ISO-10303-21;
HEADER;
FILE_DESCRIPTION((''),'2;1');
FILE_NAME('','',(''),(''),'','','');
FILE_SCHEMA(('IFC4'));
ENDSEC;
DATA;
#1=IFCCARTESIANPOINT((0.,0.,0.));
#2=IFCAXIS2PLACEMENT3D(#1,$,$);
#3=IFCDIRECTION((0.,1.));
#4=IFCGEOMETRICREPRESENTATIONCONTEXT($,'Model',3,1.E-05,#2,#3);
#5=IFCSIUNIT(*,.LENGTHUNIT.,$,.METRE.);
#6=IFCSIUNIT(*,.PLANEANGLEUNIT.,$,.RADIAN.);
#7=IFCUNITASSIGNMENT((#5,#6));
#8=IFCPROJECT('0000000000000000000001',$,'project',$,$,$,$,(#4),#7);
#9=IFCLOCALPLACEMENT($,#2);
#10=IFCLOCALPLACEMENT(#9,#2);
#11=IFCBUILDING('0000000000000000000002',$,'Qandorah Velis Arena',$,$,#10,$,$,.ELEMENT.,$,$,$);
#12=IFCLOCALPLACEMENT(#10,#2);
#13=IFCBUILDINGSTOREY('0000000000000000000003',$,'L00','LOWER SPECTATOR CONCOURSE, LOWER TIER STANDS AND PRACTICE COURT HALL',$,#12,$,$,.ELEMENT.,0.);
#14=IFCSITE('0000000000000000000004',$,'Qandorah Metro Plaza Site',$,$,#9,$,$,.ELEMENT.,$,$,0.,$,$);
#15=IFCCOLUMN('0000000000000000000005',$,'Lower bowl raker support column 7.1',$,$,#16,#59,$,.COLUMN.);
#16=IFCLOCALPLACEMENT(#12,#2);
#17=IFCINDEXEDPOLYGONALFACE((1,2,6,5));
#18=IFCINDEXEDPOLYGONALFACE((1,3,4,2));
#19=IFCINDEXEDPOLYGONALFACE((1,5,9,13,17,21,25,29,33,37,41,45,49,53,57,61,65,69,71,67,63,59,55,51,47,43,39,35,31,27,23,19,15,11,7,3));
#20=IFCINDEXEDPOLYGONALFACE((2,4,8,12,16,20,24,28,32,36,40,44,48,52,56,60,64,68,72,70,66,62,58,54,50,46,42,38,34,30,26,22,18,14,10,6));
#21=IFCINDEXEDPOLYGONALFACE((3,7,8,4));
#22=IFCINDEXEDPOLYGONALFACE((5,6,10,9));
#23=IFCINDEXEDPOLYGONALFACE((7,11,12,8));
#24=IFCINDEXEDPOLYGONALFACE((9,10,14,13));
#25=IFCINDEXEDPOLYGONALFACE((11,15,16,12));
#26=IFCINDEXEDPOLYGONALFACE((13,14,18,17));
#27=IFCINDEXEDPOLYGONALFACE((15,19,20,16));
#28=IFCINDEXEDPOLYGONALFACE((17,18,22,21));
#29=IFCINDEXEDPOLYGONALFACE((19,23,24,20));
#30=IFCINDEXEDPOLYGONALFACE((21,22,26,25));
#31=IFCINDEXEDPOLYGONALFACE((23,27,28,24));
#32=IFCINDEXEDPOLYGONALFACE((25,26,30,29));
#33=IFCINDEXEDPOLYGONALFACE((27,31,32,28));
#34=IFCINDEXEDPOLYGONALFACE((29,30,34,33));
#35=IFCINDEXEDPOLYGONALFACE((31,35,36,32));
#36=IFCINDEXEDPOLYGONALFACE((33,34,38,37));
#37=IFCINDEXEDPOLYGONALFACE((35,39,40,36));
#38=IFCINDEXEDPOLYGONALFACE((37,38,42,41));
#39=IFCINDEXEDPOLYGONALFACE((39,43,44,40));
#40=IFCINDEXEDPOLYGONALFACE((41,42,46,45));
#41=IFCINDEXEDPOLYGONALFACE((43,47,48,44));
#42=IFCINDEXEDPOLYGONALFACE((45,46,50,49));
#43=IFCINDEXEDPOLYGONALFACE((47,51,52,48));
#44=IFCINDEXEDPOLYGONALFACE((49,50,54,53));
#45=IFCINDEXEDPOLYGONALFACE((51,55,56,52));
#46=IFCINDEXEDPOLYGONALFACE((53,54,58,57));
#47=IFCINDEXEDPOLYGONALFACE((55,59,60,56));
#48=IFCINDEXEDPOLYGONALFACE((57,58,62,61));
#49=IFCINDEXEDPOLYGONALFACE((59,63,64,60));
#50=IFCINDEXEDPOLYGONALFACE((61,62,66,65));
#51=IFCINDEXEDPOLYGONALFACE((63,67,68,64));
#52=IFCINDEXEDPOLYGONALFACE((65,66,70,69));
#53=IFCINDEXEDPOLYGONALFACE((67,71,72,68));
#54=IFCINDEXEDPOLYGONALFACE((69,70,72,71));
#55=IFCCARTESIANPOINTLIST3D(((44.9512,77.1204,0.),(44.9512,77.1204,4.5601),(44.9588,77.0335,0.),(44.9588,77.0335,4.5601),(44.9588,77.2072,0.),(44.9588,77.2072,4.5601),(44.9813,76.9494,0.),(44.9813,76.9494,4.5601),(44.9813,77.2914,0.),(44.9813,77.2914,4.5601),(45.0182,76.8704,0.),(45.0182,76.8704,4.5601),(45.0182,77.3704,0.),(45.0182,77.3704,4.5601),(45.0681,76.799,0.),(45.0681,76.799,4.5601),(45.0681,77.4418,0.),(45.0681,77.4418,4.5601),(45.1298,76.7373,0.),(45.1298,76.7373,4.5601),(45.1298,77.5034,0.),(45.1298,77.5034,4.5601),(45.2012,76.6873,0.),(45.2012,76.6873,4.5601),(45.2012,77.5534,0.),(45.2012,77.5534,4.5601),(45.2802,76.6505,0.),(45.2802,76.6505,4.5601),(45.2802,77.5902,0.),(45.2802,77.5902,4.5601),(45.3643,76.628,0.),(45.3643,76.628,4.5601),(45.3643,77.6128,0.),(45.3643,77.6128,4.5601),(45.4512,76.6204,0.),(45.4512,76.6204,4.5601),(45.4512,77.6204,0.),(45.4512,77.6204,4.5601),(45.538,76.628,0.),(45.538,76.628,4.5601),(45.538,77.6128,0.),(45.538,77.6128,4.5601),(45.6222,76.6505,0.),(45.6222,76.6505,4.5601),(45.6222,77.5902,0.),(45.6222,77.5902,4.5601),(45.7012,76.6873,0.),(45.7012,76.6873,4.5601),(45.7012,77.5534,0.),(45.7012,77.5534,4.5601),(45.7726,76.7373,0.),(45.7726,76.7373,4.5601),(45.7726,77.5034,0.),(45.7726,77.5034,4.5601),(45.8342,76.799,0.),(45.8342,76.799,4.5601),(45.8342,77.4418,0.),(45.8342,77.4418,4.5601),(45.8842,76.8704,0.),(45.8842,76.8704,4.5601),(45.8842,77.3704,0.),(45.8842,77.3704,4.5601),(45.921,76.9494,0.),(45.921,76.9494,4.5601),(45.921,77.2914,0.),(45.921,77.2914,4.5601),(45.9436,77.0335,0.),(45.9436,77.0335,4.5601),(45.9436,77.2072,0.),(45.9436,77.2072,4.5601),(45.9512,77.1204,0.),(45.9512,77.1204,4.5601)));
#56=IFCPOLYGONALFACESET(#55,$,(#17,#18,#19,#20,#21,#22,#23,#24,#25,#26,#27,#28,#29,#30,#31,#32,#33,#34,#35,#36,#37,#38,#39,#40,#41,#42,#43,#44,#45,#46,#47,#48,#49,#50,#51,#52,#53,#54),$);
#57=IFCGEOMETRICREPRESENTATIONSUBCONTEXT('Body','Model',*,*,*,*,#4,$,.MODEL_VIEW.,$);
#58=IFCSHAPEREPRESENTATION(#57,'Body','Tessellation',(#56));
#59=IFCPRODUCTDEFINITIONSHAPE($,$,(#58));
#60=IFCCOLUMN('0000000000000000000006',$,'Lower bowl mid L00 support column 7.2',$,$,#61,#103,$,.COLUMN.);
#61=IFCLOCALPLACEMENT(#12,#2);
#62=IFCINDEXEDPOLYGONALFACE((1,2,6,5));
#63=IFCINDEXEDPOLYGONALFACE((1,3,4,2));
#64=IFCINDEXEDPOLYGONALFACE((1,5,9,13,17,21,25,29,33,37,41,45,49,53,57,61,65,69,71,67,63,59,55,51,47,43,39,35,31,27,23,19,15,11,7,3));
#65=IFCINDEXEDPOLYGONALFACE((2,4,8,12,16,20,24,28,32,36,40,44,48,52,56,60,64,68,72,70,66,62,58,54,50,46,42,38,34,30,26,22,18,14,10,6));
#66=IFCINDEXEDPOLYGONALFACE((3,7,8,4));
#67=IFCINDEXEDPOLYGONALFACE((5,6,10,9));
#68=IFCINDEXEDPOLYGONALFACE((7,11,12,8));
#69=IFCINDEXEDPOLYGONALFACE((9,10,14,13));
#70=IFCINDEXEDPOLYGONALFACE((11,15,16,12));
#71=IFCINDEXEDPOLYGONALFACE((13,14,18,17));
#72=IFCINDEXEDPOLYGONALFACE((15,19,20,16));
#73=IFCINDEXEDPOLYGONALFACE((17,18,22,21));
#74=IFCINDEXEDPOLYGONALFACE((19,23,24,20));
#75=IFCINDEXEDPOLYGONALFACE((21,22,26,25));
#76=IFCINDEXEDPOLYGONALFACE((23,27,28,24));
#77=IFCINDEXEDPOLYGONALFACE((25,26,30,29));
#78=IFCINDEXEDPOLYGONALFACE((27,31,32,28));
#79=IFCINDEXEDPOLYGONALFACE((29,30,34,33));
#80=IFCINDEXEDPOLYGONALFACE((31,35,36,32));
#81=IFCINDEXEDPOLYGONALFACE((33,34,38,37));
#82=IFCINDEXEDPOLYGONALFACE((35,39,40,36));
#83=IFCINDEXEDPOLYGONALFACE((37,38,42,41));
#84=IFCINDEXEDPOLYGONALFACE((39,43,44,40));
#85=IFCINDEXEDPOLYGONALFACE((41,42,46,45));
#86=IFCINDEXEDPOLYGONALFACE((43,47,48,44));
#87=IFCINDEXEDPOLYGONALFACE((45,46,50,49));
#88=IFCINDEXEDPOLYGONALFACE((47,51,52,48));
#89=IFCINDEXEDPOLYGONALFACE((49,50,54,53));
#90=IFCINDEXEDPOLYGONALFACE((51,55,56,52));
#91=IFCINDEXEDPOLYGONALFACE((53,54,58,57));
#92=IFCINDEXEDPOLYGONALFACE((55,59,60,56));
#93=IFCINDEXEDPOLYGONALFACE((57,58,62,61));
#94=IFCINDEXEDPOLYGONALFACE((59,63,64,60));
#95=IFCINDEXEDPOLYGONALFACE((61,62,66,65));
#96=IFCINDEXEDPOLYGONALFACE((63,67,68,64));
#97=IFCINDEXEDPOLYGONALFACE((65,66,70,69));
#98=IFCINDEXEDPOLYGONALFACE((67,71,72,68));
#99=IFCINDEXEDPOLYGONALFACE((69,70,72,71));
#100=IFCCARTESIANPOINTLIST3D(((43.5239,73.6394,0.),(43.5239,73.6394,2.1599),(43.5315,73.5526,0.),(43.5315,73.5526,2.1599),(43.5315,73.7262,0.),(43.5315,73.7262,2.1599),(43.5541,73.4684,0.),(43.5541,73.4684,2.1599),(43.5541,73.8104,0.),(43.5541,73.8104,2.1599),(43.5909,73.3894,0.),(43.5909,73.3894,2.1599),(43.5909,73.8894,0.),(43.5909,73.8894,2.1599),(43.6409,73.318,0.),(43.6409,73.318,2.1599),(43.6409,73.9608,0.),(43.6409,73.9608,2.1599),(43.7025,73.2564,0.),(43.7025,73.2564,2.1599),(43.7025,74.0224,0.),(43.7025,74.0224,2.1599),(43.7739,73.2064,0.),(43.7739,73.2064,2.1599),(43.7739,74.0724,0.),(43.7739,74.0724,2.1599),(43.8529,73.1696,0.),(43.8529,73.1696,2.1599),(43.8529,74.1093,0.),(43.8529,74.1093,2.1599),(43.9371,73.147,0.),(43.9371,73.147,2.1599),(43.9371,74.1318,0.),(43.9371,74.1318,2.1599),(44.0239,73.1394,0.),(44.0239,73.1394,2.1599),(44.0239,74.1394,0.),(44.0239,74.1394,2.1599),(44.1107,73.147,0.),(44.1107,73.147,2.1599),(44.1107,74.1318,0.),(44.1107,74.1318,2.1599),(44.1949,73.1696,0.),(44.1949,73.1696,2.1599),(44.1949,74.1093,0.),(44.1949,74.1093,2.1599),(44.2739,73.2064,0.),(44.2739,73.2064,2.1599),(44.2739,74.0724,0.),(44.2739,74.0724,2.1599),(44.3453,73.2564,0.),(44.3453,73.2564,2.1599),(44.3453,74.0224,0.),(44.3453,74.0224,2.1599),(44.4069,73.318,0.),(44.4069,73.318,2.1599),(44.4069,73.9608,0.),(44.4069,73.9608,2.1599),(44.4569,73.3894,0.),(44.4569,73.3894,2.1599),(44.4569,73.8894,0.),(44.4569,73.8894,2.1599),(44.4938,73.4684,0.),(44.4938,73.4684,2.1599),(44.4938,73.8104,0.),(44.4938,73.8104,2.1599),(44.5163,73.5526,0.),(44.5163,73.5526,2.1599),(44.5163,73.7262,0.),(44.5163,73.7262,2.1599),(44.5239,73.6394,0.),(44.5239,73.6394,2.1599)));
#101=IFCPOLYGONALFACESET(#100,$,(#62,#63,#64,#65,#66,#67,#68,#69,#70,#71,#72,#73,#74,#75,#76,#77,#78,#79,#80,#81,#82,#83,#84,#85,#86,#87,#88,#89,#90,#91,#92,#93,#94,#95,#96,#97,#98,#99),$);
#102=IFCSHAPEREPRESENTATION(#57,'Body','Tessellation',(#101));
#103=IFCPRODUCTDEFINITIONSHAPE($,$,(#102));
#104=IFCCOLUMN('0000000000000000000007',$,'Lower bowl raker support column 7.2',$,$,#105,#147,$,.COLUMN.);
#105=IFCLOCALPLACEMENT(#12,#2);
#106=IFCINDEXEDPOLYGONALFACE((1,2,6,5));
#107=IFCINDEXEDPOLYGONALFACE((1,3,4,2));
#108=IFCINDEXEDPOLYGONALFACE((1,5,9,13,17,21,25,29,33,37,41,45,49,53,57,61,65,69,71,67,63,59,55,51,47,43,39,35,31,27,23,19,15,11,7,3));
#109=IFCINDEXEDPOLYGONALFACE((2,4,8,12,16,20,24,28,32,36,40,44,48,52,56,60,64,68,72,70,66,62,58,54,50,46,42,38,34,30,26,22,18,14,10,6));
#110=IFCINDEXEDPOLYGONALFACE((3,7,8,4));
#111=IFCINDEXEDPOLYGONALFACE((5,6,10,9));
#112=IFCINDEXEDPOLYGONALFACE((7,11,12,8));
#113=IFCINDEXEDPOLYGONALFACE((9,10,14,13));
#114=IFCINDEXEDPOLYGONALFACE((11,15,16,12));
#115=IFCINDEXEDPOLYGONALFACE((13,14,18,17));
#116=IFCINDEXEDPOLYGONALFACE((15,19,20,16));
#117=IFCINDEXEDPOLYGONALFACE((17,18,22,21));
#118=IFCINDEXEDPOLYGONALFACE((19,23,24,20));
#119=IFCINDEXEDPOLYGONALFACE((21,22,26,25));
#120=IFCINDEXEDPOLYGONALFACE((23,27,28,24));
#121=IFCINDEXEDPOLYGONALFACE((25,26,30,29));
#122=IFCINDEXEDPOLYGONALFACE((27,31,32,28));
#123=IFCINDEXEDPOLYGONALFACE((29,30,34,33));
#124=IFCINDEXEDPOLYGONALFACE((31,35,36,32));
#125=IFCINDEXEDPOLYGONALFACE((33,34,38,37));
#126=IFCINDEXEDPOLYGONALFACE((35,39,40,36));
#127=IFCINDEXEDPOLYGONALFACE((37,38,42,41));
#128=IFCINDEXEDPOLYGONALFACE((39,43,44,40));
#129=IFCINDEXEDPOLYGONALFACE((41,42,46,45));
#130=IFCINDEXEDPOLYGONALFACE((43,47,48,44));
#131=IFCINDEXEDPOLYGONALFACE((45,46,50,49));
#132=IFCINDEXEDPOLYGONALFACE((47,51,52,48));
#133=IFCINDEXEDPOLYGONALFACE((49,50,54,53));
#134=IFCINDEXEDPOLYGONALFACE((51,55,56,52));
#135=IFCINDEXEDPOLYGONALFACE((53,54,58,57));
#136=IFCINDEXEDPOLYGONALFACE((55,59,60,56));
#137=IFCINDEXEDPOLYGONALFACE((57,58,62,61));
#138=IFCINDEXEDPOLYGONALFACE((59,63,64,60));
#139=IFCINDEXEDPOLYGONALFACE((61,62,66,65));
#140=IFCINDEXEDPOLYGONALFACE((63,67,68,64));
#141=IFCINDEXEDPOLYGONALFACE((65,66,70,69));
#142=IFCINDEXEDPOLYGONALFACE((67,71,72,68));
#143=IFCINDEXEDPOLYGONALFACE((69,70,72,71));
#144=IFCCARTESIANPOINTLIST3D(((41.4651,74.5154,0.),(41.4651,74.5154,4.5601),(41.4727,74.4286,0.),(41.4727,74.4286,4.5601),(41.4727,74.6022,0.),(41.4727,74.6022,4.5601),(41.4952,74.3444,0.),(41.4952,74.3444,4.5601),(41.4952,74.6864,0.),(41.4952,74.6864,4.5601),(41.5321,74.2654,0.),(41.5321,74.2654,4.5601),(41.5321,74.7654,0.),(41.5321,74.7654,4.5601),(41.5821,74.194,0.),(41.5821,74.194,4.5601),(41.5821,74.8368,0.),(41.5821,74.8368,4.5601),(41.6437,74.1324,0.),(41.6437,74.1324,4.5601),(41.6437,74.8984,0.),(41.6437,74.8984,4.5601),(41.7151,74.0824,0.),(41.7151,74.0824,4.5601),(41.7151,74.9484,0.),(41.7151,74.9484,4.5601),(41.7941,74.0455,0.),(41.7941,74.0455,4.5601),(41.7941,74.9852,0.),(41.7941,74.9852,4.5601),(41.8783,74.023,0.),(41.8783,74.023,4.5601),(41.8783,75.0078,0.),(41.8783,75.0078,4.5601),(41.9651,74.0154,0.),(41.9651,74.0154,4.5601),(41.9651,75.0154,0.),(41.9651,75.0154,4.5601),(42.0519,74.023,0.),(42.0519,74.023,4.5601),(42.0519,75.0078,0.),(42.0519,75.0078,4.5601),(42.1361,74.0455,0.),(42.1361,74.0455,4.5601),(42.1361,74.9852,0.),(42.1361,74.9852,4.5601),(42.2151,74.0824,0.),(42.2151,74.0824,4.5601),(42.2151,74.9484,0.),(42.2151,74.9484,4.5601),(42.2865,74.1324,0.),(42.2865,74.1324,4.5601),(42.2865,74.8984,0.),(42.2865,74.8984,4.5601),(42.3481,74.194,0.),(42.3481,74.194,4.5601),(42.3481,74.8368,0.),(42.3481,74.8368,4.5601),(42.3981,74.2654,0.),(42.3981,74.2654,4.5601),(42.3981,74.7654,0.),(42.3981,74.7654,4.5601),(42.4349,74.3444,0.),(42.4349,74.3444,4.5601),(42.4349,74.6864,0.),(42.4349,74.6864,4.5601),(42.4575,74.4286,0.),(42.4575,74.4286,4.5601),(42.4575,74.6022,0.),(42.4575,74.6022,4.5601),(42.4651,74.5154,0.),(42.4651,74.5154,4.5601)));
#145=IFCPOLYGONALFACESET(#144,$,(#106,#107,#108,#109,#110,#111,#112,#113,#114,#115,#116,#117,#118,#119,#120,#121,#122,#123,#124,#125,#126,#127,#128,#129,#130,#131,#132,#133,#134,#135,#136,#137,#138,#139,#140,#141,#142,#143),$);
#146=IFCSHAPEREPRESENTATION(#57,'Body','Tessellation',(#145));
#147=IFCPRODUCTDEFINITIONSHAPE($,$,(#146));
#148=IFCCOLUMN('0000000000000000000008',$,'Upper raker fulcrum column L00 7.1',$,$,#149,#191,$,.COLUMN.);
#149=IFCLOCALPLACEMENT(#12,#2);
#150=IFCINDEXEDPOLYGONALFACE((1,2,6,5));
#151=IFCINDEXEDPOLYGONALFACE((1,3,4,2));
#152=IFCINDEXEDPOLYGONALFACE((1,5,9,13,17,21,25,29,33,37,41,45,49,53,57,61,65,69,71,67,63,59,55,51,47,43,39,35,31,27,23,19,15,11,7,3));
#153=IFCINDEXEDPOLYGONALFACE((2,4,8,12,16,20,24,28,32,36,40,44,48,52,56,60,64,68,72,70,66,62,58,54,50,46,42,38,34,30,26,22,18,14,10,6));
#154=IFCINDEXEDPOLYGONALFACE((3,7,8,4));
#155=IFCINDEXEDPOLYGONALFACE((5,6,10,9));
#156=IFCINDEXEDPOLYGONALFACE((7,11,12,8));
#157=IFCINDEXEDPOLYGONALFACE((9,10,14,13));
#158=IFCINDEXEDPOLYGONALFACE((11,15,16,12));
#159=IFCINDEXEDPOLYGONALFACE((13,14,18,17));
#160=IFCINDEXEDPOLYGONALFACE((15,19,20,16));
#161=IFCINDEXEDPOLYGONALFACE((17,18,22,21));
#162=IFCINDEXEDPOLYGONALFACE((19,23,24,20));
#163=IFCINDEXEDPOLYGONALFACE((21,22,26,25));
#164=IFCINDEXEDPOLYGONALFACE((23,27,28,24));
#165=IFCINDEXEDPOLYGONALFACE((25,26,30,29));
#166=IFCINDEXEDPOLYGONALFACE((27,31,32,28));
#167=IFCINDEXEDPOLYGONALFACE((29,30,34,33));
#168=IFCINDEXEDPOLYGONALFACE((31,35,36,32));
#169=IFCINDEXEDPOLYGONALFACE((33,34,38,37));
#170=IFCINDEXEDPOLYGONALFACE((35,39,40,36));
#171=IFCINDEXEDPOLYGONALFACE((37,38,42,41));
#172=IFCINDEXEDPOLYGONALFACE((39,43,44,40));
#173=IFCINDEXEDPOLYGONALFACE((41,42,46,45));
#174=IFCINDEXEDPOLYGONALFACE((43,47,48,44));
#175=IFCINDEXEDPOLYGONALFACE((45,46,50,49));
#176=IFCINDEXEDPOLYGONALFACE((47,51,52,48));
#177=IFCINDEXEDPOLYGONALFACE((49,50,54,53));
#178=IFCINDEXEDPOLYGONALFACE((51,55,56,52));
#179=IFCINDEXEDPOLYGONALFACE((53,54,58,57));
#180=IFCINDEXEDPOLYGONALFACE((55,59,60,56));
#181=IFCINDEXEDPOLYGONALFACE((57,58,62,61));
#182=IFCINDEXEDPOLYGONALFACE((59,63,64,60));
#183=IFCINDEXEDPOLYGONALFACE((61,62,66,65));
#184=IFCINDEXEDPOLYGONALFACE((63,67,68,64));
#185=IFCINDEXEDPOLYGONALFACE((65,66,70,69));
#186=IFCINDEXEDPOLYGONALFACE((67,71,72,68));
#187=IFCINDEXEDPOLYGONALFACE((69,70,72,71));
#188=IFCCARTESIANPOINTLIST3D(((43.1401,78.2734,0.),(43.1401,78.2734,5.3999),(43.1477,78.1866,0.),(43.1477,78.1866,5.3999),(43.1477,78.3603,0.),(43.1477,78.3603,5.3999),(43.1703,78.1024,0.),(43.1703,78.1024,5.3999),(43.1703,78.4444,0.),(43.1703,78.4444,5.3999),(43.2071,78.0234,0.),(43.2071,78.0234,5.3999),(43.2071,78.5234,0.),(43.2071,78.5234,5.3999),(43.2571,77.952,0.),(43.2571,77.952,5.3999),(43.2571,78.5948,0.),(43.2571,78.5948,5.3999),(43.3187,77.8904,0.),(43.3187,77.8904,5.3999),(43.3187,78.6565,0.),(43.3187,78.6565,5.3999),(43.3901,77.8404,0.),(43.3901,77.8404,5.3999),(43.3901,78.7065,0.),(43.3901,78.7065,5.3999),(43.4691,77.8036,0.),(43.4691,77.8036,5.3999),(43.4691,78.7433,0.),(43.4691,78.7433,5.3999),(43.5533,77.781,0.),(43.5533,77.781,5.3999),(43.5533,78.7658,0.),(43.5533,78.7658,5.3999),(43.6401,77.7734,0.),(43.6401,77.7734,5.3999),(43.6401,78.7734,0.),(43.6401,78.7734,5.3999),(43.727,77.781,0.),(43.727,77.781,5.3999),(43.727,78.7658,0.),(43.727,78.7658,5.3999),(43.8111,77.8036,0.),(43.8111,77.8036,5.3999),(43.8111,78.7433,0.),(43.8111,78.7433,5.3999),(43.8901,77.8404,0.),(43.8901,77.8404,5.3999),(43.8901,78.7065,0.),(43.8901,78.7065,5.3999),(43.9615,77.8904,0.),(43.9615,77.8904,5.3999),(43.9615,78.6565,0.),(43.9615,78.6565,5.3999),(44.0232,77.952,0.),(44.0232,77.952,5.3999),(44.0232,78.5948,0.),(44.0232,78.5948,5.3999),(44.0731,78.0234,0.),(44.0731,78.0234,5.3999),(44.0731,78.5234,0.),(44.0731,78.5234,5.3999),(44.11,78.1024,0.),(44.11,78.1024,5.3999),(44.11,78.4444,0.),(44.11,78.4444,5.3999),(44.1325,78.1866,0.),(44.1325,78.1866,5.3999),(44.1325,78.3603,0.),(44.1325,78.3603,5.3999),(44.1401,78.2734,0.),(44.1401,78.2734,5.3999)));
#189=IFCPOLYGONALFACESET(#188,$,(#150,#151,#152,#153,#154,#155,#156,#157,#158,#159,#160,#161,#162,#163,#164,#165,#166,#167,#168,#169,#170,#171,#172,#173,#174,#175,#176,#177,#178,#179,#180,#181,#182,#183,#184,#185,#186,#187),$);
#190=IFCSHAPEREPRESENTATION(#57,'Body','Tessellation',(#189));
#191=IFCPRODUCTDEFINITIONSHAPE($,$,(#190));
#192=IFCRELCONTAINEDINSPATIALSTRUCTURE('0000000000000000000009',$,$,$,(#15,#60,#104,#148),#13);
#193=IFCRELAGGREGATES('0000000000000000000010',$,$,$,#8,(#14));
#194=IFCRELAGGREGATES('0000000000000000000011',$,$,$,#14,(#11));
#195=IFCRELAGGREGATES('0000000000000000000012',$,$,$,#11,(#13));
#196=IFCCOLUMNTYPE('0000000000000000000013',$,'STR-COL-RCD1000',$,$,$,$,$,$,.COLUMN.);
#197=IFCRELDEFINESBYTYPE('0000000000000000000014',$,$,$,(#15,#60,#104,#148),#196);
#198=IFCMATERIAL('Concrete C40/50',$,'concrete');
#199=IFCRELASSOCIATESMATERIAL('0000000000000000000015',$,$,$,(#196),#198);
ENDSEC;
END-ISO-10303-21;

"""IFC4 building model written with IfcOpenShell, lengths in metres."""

from ifc_helpers import new_model, si_unit, direction, frame, origin, origin_2d, place, context, subcontext, project, spatial, circle, extrude, material, material_profile, profile_set, type_object, element, save


model = new_model("IFC4")

# Units and contexts
model_context = context("Model", 3, precision=1e-05, world=origin(), true_north=direction((0.0, 1.0)))
body_context = subcontext(model_context, "Body", "Model", "MODEL_VIEW")
ifc_project = project(units=[si_unit("LENGTHUNIT", "METRE"), si_unit("PLANEANGLEUNIT", "RADIAN")], contexts=[model_context])

# Site, building, storey
site_placement = place(None, origin())
site = spatial("IfcSite", under=ifc_project, at=site_placement, Name="Qandorah Metro Plaza Site", CompositionType="ELEMENT", RefElevation=0.0)
building_placement = place(site_placement, origin())
building = spatial("IfcBuilding", under=site, at=building_placement, Name="Qandorah Velis Arena", CompositionType="ELEMENT")
storey_placement = place(building_placement, origin())
storey = spatial("IfcBuildingStorey", under=building, at=storey_placement, Name="L00", Description="LOWER SPECTATOR CONCOURSE, LOWER TIER STANDS AND PRACTICE COURT HALL", CompositionType="ELEMENT", Elevation=0.0)

# Columns
ifc_material_1 = material(Name="Concrete C40/50", Category="concrete")
ifc_material_profile_1 = material_profile(ifc_material_1, circle(Radius=0.5, at=origin_2d()), Name="RC D1000")
ifc_profile_set_1 = profile_set([ifc_material_profile_1], Name="Concrete C40/50")
column_type = type_object("IfcColumnType", Name="STR-COL-RCD1000", PredefinedType="COLUMN", material=ifc_profile_set_1)
column_1_placement = place(storey_placement, frame((45.4512, 77.1204, 0.0), z_axis=(0.0, 0.0, 1.0), x_axis=(1.0, 0.0, 0.0)))
element("IfcColumn", 1, at=column_1_placement, inside=storey, type_object=column_type, Name="Lower bowl raker support column 7.1", PredefinedType="COLUMN", context=body_context, shape_type="SweptSolid", body=[
    extrude(circle(Radius=0.5, at=origin_2d()), origin(), (0.0, 0.0, 1.0), 4.5601),
])
column_2_placement = place(storey_placement, frame((44.0239, 73.6394, 0.0), z_axis=(0.0, 0.0, 1.0), x_axis=(1.0, 0.0, 0.0)))
element("IfcColumn", 2, at=column_2_placement, inside=storey, type_object=column_type, Name="Lower bowl mid L00 support column 7.2", PredefinedType="COLUMN", context=body_context, shape_type="SweptSolid", body=[
    extrude(circle(Radius=0.5, at=origin_2d()), origin(), (0.0, 0.0, 1.0), 2.1599),
])
column_3_placement = place(storey_placement, frame((41.9651, 74.5154, 0.0), z_axis=(0.0, 0.0, 1.0), x_axis=(1.0, 0.0, 0.0)))
element("IfcColumn", 3, at=column_3_placement, inside=storey, type_object=column_type, Name="Lower bowl raker support column 7.2", PredefinedType="COLUMN", context=body_context, shape_type="SweptSolid", body=[
    extrude(circle(Radius=0.5, at=origin_2d()), origin(), (0.0, 0.0, 1.0), 4.5601),
])
for number, where, z_axis, x_axis, name in (
    (4, (43.6401, 78.2734, 0.0), (0.0, 0.0, 1.0), (1.0, 0.0, 0.0), "Upper raker fulcrum column L00 7.1"),
):
    element("IfcColumn", number, at=place(storey_placement, frame(where, z_axis=z_axis, x_axis=x_axis)), inside=storey, type_object=column_type, Name=name, PredefinedType="COLUMN", context=body_context, shape_type="SweptSolid", body=[
        extrude(circle(Radius=0.5, at=origin_2d()), origin(), (0.0, 0.0, 1.0), 5.3999),
    ])

save(model, "model.ifc")
